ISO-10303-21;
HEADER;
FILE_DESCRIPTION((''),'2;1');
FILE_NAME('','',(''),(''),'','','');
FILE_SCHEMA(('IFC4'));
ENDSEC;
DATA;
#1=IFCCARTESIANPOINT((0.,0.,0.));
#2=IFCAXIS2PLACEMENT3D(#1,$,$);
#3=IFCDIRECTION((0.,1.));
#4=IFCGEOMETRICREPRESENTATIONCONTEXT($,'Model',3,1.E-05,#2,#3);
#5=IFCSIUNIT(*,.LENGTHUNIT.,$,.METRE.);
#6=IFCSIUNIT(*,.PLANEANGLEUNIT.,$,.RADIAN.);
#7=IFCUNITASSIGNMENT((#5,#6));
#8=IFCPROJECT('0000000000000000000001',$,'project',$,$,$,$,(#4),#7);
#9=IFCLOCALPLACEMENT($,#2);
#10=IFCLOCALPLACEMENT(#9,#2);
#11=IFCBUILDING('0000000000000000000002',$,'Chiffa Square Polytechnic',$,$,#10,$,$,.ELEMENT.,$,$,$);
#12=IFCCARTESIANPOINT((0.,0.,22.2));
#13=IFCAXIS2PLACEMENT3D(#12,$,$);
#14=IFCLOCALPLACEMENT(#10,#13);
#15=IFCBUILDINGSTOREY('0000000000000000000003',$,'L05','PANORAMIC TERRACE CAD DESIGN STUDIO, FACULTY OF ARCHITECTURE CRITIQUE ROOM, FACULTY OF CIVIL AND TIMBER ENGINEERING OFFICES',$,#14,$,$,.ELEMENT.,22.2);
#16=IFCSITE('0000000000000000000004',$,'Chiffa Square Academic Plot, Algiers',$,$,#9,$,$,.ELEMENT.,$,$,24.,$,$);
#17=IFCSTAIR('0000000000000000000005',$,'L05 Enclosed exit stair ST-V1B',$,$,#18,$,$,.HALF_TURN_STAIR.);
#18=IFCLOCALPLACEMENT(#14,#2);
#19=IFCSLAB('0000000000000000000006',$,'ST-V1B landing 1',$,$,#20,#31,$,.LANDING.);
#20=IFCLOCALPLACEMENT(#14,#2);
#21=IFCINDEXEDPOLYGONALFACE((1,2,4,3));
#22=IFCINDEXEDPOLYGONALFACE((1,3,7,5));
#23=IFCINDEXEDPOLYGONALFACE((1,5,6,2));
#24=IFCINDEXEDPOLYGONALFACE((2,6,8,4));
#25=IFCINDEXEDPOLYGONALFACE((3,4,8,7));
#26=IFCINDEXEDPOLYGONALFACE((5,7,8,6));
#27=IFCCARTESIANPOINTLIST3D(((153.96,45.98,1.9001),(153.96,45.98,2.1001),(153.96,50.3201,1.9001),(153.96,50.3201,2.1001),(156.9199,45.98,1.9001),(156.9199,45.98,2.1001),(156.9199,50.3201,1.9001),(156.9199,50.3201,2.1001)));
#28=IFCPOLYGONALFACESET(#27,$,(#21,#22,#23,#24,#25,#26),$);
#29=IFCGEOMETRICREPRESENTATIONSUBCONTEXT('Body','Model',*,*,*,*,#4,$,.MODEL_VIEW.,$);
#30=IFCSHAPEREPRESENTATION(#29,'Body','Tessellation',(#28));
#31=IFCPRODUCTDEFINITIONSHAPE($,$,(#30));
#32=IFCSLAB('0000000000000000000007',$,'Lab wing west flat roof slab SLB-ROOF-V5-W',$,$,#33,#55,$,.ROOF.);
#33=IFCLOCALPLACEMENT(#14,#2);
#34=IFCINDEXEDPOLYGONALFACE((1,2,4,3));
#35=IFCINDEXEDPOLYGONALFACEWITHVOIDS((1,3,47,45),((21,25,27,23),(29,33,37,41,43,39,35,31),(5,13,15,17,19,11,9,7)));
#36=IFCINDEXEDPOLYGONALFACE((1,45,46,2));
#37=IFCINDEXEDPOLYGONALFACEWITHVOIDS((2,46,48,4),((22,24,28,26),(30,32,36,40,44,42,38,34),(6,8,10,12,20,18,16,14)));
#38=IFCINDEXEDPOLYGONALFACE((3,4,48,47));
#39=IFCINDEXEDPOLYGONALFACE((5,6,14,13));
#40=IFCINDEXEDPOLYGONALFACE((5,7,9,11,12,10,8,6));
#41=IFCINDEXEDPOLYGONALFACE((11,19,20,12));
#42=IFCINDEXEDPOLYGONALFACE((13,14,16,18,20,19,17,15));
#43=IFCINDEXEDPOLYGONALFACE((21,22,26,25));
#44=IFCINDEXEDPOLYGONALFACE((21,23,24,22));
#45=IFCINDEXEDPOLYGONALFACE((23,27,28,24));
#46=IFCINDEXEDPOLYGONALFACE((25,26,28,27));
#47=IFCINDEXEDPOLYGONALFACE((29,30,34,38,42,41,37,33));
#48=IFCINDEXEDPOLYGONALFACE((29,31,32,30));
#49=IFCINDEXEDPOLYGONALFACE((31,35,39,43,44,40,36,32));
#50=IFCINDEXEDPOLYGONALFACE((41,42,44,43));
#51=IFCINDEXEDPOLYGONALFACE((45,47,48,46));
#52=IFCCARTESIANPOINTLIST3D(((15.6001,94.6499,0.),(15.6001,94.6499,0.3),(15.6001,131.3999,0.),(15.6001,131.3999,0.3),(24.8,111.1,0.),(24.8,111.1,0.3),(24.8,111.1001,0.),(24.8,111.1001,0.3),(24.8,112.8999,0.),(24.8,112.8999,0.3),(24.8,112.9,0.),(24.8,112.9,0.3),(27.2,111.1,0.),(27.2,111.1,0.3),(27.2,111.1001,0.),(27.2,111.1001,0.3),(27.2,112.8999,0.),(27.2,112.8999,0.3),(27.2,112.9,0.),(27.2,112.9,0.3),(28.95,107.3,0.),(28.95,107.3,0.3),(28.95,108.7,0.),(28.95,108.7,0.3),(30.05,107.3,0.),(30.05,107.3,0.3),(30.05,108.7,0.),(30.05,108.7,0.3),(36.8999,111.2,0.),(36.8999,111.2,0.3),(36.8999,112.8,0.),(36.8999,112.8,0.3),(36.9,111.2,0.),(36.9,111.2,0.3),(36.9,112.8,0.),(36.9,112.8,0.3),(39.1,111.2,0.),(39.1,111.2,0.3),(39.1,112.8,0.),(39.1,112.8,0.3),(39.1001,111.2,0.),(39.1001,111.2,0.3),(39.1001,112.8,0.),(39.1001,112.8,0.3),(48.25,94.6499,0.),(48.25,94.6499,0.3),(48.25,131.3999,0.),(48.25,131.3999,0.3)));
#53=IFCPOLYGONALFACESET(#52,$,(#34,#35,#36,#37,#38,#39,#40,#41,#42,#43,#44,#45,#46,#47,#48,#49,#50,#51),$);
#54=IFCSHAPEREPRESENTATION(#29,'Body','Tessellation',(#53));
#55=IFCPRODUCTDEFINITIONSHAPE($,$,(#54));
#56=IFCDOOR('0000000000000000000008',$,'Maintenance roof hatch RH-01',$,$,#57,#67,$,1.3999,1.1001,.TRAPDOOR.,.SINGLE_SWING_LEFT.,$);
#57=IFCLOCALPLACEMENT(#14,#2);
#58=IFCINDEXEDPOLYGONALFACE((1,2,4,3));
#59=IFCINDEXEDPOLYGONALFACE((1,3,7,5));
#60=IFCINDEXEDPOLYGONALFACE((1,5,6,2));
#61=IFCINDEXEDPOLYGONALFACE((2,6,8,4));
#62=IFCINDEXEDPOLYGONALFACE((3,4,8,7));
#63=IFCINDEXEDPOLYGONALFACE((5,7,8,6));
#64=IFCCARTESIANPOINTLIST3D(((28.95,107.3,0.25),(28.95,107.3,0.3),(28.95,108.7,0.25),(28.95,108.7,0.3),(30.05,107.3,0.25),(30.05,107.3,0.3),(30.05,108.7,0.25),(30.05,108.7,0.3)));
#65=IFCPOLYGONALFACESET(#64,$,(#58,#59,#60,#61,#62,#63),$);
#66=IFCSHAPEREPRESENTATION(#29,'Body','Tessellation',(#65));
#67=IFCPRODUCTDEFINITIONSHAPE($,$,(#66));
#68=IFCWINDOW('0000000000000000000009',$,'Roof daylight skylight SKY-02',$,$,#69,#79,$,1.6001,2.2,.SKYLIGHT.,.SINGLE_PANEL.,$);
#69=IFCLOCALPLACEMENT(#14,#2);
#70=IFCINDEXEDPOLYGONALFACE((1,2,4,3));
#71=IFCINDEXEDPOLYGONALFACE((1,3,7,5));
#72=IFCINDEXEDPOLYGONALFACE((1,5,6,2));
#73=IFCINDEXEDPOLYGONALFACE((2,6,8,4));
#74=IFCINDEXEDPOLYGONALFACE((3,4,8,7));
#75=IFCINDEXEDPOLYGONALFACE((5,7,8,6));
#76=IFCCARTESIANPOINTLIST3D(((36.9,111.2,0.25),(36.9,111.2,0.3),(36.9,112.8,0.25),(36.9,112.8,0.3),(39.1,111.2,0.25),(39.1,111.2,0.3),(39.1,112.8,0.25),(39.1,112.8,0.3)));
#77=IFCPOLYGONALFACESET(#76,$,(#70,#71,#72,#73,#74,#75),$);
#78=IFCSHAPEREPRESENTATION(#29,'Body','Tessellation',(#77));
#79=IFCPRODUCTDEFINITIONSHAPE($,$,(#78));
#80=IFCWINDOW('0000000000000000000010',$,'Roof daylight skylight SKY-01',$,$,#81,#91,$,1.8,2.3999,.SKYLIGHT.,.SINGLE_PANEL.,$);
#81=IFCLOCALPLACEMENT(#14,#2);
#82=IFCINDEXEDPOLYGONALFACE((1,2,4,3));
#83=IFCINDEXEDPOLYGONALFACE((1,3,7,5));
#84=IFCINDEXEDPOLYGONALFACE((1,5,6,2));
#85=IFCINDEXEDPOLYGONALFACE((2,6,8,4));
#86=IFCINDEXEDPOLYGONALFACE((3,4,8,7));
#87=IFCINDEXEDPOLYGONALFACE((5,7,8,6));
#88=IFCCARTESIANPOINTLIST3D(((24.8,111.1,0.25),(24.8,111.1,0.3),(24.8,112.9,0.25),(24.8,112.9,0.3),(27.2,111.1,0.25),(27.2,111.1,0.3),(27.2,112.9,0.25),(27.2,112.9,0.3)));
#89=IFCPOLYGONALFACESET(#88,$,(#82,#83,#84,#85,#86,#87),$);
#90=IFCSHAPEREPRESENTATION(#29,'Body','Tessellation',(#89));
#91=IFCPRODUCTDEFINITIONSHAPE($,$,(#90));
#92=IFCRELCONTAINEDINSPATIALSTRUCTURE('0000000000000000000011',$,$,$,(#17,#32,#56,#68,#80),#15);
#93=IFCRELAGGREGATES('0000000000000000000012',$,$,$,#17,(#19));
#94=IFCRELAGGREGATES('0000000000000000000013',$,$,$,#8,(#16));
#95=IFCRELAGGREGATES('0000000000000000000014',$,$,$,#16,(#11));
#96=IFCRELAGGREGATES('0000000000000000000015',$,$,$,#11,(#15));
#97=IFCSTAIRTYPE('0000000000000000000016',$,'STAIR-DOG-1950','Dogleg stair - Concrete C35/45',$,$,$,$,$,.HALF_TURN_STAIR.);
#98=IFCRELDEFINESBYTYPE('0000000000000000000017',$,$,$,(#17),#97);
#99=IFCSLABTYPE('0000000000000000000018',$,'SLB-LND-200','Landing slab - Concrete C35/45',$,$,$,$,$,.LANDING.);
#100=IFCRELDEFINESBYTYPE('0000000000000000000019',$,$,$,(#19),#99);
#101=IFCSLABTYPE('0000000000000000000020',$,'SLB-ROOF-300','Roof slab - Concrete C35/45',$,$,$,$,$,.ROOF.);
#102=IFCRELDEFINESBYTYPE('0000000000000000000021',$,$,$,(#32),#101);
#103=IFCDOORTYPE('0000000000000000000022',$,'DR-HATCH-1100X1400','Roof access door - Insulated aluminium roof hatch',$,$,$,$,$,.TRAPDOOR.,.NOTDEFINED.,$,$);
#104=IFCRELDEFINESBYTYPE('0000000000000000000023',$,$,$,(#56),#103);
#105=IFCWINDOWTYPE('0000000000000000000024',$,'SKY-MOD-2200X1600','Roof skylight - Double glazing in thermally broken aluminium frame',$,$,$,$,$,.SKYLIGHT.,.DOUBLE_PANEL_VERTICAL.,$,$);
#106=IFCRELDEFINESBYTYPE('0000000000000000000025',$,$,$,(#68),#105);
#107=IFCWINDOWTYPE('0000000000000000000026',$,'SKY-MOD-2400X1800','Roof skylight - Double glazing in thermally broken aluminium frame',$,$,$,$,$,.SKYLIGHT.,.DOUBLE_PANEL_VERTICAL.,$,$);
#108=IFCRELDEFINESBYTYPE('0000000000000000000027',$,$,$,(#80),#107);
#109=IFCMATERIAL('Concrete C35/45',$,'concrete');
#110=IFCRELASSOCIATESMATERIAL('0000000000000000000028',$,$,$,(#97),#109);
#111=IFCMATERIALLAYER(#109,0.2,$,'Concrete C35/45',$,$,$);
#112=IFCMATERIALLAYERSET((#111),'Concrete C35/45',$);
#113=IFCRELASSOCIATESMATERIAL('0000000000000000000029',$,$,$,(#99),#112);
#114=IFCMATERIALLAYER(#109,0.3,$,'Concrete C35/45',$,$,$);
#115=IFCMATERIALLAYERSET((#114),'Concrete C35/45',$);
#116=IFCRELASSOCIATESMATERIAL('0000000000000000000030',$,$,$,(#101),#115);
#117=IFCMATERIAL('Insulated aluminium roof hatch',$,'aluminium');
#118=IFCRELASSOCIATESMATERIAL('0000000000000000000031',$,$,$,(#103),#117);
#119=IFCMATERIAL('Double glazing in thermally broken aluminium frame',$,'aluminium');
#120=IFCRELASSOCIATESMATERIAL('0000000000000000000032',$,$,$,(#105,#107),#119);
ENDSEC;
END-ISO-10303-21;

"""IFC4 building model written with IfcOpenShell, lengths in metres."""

from ifc_helpers import new_model, si_unit, direction, frame, origin, origin_2d, place, context, subcontext, project, spatial, polyline, rectangle, outline, extrude, material, layer, layer_set, type_object, element, fill, aggregate, save


model = new_model("IFC4")

# Units and contexts
model_context = context("Model", 3, precision=1e-05, world=origin(), true_north=direction((0.0, 1.0)))
body_context = subcontext(model_context, "Body", "Model", "MODEL_VIEW")
ifc_project = project(units=[si_unit("LENGTHUNIT", "METRE"), si_unit("PLANEANGLEUNIT", "RADIAN")], contexts=[model_context])

# Site, building, storey
site_placement = place(None, origin())
site = spatial("IfcSite", under=ifc_project, at=site_placement, Name="Chiffa Square Academic Plot, Algiers", CompositionType="ELEMENT", RefElevation=24.0)
building_placement = place(site_placement, origin())
building = spatial("IfcBuilding", under=site, at=building_placement, Name="Chiffa Square Polytechnic", CompositionType="ELEMENT")
storey_placement = place(building_placement, frame((0.0, 0.0, 22.2)))
storey = spatial("IfcBuildingStorey", under=building, at=storey_placement, Name="L05", Description="PANORAMIC TERRACE CAD DESIGN STUDIO, FACULTY OF ARCHITECTURE CRITIQUE ROOM, FACULTY OF CIVIL AND TIMBER ENGINEERING OFFICES", CompositionType="ELEMENT", Elevation=22.2)

# Shared definitions
ifc_material_1 = material(Name="Concrete C35/45", Category="concrete")

# Stair, slab
stair_type = type_object("IfcStairType", Name="STAIR-DOG-1950", Description="Dogleg stair - Concrete C35/45", PredefinedType="HALF_TURN_STAIR", material=ifc_material_1)
ifc_layer_1 = layer(ifc_material_1, 0.2, Name="Concrete C35/45")
ifc_layer_set_1 = layer_set([ifc_layer_1], Name="Concrete C35/45")
slab_type_1 = type_object("IfcSlabType", Name="SLB-LND-200", Description="Landing slab - Concrete C35/45", PredefinedType="LANDING", material=ifc_layer_set_1)
stair_1_placement = place(storey_placement, origin())
stair_1 = element("IfcStair", 1, at=stair_1_placement, inside=storey, type_object=stair_type, Name="L05 Enclosed exit stair ST-V1B", PredefinedType="HALF_TURN_STAIR")
slab_1_placement = place(storey_placement, frame((0.0, 0.0, 1.9001)))
slab_1 = element("IfcSlab", 2, at=slab_1_placement, type_object=slab_type_1, Name="ST-V1B landing 1", PredefinedType="LANDING", context=body_context, shape_type="SweptSolid", body=[
    extrude(outline(polyline([(153.96, 45.98), (153.96, 50.3201), (156.9199, 50.3201), (156.9199, 45.98), (153.96, 45.98)])), origin(), (0.0, 0.0, 1.0), 0.2),
])
aggregate(stair_1, [slab_1])

# Slab, openings, door, windows
ifc_layer_2 = layer(ifc_material_1, 0.3, Name="Concrete C35/45")
ifc_layer_set_2 = layer_set([ifc_layer_2], Name="Concrete C35/45")
slab_type_2 = type_object("IfcSlabType", Name="SLB-ROOF-300", Description="Roof slab - Concrete C35/45", PredefinedType="ROOF", material=ifc_layer_set_2)
slab_2_placement = place(storey_placement, origin())
slab_2 = element("IfcSlab", 3, at=slab_2_placement, inside=storey, type_object=slab_type_2, Name="Lab wing west flat roof slab SLB-ROOF-V5-W", PredefinedType="ROOF", context=body_context, shape_type="SweptSolid", body=[
    extrude(outline(polyline([(15.6001, 94.6499), (48.25, 94.6499), (48.25, 131.3999), (15.6001, 131.3999), (15.6001, 94.6499)]), holes=[polyline([(24.8, 111.1001), (27.2, 111.1001), (27.2, 112.8999), (24.8, 112.8999), (24.8, 111.1001)]), polyline([(36.8999, 111.2), (39.1001, 111.2), (39.1001, 112.8), (36.8999, 112.8), (36.8999, 111.2)]), polyline([(28.95, 107.3), (30.05, 107.3), (30.05, 108.7), (28.95, 108.7), (28.95, 107.3)])]), origin(), (0.0, 0.0, 1.0), 0.3),
])
opening_1_placement = place(slab_2_placement, frame((26.0, 112.0, 0.0)))
opening_1 = element("IfcOpeningElement", 4, at=opening_1_placement, cuts=slab_2, PredefinedType="OPENING", context=body_context, shape_type="SweptSolid", body=[
    extrude(rectangle(XDim=2.3999, YDim=1.8, at=origin_2d()), frame((0.0, 0.0, -0.01), z_axis=(0.0, 0.0, 1.0), x_axis=(1.0, 0.0, 0.0)), (0.0, 0.0, 1.0), 0.3201),
])
opening_2_placement = place(slab_2_placement, frame((38.0, 112.0, 0.0)))
opening_2 = element("IfcOpeningElement", 5, at=opening_2_placement, cuts=slab_2, PredefinedType="OPENING", context=body_context, shape_type="SweptSolid", body=[
    extrude(rectangle(XDim=2.2, YDim=1.6001, at=origin_2d()), frame((0.0, 0.0, -0.01), z_axis=(0.0, 0.0, 1.0), x_axis=(1.0, 0.0, 0.0)), (0.0, 0.0, 1.0), 0.3201),
])
opening_3_placement = place(slab_2_placement, frame((29.5, 108.0, 0.0)))
opening_3 = element("IfcOpeningElement", 6, at=opening_3_placement, cuts=slab_2, PredefinedType="OPENING", context=body_context, shape_type="SweptSolid", body=[
    extrude(rectangle(XDim=1.1001, YDim=1.3999, at=origin_2d()), frame((0.0, 0.0, -0.01), z_axis=(0.0, 0.0, 1.0), x_axis=(1.0, 0.0, 0.0)), (0.0, 0.0, 1.0), 0.3201),
])
ifc_material_2 = material(Name="Insulated aluminium roof hatch", Category="aluminium")
door_type_1 = type_object("IfcDoorType", Name="DR-HATCH-1100X1400", Description="Roof access door - Insulated aluminium roof hatch", OperationType="NOTDEFINED", PredefinedType="TRAPDOOR", material=ifc_material_2)
door_1_placement = place(opening_3_placement, frame((0.0, 0.0, 0.25)))
door_1 = element("IfcDoor", 7, at=door_1_placement, inside=storey, type_object=door_type_1, Name="Maintenance roof hatch RH-01", OperationType="SINGLE_SWING_LEFT", OverallHeight=1.3999, OverallWidth=1.1001, PredefinedType="TRAPDOOR", context=body_context, shape_type="SweptSolid", body=[
    extrude(rectangle(XDim=1.1001, YDim=1.3999, at=origin_2d()), origin(), (0.0, 0.0, 1.0), 0.05),
])
fill(opening_3, door_1)
ifc_material_3 = material(Name="Double glazing in thermally broken aluminium frame", Category="aluminium")
window_type_1 = type_object("IfcWindowType", Name="SKY-MOD-2200X1600", Description="Roof skylight - Double glazing in thermally broken aluminium frame", PartitioningType="DOUBLE_PANEL_VERTICAL", PredefinedType="SKYLIGHT", material=ifc_material_3)
window_1_placement = place(opening_2_placement, frame((0.0, 0.0, 0.25)))
window_1 = element("IfcWindow", 8, at=window_1_placement, inside=storey, type_object=window_type_1, Name="Roof daylight skylight SKY-02", OverallHeight=1.6001, OverallWidth=2.2, PartitioningType="SINGLE_PANEL", PredefinedType="SKYLIGHT", context=body_context, shape_type="SweptSolid", body=[
    extrude(rectangle(XDim=2.2, YDim=1.6001, at=origin_2d()), origin(), (0.0, 0.0, 1.0), 0.05),
])
fill(opening_2, window_1)
window_type_2 = type_object("IfcWindowType", Name="SKY-MOD-2400X1800", Description="Roof skylight - Double glazing in thermally broken aluminium frame", PartitioningType="DOUBLE_PANEL_VERTICAL", PredefinedType="SKYLIGHT", material=ifc_material_3)
window_2_placement = place(opening_1_placement, frame((0.0, 0.0, 0.25)))
window_2 = element("IfcWindow", 9, at=window_2_placement, inside=storey, type_object=window_type_2, Name="Roof daylight skylight SKY-01", OverallHeight=1.8, OverallWidth=2.3999, PartitioningType="SINGLE_PANEL", PredefinedType="SKYLIGHT", context=body_context, shape_type="SweptSolid", body=[
    extrude(rectangle(XDim=2.3999, YDim=1.8, at=origin_2d()), origin(), (0.0, 0.0, 1.0), 0.05),
])
fill(opening_1, window_2)

save(model, "model.ifc")
